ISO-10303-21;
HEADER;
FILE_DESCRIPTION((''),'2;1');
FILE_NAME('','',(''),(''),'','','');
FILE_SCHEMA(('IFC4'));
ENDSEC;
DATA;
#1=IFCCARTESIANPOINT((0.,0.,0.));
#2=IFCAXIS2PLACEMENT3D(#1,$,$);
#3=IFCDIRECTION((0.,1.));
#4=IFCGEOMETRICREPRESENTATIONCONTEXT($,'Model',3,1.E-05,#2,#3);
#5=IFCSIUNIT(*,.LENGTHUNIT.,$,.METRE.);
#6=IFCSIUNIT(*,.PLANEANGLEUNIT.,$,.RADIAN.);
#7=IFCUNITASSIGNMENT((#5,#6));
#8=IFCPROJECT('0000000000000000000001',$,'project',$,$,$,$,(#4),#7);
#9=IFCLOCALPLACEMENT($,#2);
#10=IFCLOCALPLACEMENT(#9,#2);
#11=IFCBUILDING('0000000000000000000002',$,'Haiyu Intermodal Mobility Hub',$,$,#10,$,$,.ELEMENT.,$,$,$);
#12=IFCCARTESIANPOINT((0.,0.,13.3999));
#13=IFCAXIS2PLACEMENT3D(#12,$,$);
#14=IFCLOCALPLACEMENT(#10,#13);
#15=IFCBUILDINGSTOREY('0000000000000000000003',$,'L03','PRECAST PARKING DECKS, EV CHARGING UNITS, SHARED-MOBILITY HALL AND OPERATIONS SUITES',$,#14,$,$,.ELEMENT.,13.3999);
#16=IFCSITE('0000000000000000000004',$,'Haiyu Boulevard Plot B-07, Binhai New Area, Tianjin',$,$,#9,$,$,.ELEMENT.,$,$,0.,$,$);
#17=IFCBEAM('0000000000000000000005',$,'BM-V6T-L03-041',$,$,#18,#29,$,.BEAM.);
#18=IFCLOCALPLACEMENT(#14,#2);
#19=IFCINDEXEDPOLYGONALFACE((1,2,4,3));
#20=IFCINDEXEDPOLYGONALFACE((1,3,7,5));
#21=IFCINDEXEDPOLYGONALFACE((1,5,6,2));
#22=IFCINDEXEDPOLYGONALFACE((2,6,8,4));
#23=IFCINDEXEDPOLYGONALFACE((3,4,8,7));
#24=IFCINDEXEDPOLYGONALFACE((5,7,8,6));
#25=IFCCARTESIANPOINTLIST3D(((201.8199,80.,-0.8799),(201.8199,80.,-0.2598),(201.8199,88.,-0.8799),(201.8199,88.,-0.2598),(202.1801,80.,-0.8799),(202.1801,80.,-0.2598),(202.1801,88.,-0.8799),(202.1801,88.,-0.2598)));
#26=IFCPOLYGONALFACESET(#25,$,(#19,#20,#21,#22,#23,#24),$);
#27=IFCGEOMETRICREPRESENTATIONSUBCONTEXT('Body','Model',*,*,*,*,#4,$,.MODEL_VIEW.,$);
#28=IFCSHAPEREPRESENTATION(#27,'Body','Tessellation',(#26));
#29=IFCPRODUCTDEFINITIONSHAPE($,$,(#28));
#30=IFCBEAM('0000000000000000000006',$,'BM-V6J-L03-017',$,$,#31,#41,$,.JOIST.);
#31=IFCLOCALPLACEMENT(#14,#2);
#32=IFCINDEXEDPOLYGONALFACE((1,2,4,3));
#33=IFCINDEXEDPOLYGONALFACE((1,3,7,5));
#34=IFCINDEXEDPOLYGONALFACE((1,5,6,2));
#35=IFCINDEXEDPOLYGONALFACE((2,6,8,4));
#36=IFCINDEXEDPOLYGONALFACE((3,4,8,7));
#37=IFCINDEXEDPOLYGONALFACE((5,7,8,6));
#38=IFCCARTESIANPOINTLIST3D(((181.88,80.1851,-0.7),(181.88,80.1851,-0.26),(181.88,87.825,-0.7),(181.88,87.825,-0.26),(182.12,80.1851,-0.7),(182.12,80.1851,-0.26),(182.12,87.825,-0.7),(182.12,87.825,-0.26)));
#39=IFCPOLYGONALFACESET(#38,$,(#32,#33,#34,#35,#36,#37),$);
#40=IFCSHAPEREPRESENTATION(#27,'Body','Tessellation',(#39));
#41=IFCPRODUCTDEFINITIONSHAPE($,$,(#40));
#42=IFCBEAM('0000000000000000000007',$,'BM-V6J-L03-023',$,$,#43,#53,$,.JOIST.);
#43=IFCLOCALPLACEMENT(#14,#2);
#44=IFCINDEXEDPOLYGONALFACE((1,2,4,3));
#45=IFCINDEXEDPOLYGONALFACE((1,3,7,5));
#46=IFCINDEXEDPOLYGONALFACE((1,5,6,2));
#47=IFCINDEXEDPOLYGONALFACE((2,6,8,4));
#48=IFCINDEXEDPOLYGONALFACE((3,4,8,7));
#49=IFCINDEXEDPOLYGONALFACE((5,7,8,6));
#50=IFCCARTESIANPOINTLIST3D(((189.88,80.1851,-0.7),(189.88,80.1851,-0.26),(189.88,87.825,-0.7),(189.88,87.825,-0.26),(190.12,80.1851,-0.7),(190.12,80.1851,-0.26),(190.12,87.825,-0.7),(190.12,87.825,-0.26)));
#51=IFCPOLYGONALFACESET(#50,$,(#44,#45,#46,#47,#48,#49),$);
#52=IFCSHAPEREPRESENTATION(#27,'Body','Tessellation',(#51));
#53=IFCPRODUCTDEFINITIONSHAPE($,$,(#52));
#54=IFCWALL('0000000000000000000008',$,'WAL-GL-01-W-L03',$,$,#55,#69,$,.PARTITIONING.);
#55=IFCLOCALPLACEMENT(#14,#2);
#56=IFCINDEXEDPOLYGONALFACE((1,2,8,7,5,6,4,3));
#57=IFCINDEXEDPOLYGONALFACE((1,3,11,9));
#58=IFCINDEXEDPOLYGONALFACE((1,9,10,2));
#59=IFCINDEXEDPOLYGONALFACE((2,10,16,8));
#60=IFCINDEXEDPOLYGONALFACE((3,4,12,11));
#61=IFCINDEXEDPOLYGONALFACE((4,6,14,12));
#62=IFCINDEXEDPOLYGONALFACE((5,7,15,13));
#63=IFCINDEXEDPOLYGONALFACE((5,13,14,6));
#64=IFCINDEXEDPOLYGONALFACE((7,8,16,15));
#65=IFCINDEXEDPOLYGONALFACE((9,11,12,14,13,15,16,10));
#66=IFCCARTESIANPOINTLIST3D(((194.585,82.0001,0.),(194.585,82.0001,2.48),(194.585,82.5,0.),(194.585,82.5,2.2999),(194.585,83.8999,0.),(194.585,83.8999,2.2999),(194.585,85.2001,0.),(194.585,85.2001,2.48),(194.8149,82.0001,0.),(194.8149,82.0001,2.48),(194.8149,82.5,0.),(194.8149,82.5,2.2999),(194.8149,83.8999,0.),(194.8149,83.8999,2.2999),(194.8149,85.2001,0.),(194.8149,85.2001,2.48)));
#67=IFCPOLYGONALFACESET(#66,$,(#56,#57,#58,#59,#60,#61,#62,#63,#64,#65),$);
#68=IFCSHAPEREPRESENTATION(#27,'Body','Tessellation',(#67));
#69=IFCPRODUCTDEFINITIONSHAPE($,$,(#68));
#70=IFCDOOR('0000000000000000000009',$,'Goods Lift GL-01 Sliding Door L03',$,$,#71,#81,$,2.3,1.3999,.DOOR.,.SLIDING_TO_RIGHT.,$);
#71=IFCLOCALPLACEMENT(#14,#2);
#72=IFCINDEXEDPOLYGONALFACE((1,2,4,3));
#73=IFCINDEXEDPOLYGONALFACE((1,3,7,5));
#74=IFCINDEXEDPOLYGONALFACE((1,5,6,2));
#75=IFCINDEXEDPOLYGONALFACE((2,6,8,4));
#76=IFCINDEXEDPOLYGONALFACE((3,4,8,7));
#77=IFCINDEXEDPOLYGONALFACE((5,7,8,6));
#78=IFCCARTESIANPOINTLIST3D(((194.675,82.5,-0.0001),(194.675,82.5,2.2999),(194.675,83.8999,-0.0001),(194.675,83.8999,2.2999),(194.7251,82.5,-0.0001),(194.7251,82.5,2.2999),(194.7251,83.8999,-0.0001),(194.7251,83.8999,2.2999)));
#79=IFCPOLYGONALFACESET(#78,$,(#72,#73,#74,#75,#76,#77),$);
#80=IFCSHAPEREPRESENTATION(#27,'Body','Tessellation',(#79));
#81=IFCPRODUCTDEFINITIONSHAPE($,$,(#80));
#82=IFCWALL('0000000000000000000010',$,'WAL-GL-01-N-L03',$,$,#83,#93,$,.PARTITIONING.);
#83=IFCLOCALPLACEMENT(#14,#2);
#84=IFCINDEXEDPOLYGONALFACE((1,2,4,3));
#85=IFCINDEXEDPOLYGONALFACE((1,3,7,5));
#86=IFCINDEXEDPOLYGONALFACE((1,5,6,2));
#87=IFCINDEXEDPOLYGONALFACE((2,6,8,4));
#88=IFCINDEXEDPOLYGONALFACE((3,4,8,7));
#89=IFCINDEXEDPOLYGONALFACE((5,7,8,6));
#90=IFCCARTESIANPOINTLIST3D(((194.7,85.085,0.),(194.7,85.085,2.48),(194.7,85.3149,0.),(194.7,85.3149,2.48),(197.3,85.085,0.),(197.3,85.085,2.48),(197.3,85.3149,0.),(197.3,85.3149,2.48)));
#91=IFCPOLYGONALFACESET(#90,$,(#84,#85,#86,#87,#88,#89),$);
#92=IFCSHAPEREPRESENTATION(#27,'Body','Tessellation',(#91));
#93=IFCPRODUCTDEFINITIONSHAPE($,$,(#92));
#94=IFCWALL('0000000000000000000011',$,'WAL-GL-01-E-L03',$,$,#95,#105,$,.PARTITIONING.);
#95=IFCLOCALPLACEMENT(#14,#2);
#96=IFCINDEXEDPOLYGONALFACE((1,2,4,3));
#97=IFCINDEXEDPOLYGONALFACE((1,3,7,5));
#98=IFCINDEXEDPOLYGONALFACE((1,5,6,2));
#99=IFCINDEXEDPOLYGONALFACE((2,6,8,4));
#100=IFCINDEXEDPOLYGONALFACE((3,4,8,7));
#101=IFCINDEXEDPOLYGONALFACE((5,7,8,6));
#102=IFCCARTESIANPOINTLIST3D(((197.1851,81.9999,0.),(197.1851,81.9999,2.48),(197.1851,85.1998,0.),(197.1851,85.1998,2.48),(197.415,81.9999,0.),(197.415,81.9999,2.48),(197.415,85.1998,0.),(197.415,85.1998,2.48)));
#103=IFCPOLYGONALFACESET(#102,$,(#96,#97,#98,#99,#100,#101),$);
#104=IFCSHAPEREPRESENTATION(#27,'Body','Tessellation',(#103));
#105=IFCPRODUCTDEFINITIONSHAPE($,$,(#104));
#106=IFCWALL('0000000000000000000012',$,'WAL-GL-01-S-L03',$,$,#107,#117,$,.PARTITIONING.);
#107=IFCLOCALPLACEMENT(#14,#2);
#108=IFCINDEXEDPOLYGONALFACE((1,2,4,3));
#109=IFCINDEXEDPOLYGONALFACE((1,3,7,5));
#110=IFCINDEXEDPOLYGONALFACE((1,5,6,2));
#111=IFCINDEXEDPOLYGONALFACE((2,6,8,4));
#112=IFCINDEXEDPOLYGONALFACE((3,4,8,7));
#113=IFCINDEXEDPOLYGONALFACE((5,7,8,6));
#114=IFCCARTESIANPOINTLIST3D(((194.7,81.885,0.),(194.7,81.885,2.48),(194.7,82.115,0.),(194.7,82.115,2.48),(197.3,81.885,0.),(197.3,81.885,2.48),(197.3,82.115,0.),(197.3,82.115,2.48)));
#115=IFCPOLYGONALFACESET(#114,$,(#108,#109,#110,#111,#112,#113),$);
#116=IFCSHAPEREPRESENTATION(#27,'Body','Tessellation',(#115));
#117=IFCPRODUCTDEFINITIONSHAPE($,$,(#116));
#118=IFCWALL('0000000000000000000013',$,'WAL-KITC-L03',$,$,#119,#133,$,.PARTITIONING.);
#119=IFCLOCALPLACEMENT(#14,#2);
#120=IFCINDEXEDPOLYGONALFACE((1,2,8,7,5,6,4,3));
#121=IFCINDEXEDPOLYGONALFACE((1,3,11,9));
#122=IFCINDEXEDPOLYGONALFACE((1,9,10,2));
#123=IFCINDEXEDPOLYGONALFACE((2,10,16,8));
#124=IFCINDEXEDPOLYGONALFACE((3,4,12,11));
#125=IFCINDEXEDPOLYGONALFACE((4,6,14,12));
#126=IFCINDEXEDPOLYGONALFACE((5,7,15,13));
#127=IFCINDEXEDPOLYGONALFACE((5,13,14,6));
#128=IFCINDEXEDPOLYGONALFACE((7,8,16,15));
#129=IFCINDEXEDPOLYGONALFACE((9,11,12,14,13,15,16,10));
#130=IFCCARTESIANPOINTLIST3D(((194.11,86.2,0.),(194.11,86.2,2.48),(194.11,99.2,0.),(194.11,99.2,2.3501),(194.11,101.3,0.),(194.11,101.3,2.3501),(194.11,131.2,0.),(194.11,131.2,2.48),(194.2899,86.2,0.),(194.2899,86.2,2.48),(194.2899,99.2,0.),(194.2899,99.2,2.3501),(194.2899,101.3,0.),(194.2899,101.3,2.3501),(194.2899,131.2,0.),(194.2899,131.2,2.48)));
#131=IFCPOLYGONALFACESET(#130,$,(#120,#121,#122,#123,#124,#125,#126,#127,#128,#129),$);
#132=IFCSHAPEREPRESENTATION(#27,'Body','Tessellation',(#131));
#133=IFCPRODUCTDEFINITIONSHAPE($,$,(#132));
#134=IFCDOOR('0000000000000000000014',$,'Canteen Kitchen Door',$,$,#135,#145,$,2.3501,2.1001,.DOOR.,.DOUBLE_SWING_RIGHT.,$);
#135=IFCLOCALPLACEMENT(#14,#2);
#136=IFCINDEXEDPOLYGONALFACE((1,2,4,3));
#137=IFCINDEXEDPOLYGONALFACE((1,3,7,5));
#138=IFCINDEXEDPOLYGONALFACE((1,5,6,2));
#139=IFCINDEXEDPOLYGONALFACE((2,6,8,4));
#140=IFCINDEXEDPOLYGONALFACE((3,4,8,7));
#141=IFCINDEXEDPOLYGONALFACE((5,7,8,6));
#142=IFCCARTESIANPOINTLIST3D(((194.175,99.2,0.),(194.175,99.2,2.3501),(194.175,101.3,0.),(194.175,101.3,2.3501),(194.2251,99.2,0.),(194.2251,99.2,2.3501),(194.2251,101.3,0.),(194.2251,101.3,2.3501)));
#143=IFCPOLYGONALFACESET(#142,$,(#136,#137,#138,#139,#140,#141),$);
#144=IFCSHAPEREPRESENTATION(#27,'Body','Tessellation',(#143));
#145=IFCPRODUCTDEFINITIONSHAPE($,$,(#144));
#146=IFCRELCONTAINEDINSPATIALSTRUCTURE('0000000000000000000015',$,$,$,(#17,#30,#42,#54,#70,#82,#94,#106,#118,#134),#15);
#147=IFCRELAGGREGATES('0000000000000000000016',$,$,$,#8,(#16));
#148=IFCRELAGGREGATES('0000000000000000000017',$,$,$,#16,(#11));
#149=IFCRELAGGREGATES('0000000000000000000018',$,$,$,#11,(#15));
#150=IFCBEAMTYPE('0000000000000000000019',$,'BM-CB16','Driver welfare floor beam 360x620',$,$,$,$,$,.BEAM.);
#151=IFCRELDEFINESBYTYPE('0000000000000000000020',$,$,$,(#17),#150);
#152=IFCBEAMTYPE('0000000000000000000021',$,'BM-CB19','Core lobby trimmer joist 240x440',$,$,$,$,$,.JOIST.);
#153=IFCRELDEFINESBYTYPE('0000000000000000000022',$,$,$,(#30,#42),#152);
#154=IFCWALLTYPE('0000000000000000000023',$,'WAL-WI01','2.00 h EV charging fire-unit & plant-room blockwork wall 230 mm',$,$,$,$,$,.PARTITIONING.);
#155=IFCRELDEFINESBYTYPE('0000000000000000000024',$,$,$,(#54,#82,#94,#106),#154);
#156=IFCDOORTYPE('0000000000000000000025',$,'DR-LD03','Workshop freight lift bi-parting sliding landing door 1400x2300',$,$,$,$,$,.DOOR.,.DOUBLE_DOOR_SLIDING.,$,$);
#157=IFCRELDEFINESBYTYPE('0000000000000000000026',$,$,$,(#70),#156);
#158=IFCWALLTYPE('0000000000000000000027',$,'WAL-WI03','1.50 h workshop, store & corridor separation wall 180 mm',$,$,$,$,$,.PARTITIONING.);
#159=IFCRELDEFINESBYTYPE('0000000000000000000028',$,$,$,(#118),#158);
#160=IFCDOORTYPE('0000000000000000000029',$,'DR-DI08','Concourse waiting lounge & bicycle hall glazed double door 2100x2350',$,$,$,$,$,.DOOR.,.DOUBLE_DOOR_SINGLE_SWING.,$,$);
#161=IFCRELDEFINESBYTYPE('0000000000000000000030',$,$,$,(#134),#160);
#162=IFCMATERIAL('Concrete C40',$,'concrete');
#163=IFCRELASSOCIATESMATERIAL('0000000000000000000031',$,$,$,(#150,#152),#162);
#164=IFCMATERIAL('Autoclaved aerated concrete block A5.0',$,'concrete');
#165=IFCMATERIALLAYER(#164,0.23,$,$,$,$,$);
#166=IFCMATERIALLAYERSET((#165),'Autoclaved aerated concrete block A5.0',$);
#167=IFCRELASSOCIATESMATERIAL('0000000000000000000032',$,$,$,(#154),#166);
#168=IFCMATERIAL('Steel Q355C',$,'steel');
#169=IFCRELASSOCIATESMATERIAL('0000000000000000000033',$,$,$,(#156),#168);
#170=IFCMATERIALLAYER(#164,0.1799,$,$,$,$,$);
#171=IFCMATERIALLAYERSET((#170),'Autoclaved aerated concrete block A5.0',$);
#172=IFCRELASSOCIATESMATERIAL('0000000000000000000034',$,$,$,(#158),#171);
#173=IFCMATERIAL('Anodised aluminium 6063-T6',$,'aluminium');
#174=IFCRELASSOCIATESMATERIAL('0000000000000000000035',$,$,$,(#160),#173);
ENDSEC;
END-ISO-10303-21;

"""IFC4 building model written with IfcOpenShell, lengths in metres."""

from ifc_helpers import new_model, si_unit, direction, frame, frame_2d, origin, origin_2d, place, context, subcontext, project, spatial, rectangle, extrude, material, layer, layer_set, material_profile, profile_set, type_object, element, fill, save


model = new_model("IFC4")

# Units and contexts
model_context = context("Model", 3, precision=1e-05, world=origin(), true_north=direction((0.0, 1.0)))
body_context = subcontext(model_context, "Body", "Model", "MODEL_VIEW")
ifc_project = project(units=[si_unit("LENGTHUNIT", "METRE"), si_unit("PLANEANGLEUNIT", "RADIAN")], contexts=[model_context])

# Site, building, storey
site_placement = place(None, origin())
site = spatial("IfcSite", under=ifc_project, at=site_placement, Name="Haiyu Boulevard Plot B-07, Binhai New Area, Tianjin", CompositionType="ELEMENT", RefElevation=0.0)
building_placement = place(site_placement, origin())
building = spatial("IfcBuilding", under=site, at=building_placement, Name="Haiyu Intermodal Mobility Hub", CompositionType="ELEMENT")
storey_placement = place(building_placement, frame((0.0, 0.0, 13.3999)))
storey = spatial("IfcBuildingStorey", under=building, at=storey_placement, Name="L03", Description="PRECAST PARKING DECKS, EV CHARGING UNITS, SHARED-MOBILITY HALL AND OPERATIONS SUITES", CompositionType="ELEMENT", Elevation=13.3999)

# Shared definitions
ifc_material_1 = material(Name="Concrete C40", Category="concrete")

# Beams
ifc_material_profile_1 = material_profile(ifc_material_1, rectangle(XDim=0.3601, YDim=0.6201, at=origin_2d()), Name="B360x620")
ifc_profile_set_1 = profile_set([ifc_material_profile_1], Name="Concrete C40")
beam_type_1 = type_object("IfcBeamType", Name="BM-CB16", Description="Driver welfare floor beam 360x620", PredefinedType="BEAM", material=ifc_profile_set_1)
for number, where, z_axis, x_axis, name in (
    (1, (202.0, 80.0, -0.5698), (0.0, 1.0, 0.0), (-1.0, 0.0, 0.0), "BM-V6T-L03-041"),
):
    element("IfcBeam", number, at=place(storey_placement, frame(where, z_axis=z_axis, x_axis=x_axis)), inside=storey, type_object=beam_type_1, Name=name, PredefinedType="BEAM", context=body_context, shape_type="SweptSolid", body=[
        extrude(rectangle(XDim=0.3601, YDim=0.6201, at=origin_2d()), origin(), (0.0, 0.0, 1.0), 8.0),
    ])
ifc_material_profile_2 = material_profile(ifc_material_1, rectangle(XDim=0.24, YDim=0.4399, at=origin_2d()), Name="B240x440")
ifc_profile_set_2 = profile_set([ifc_material_profile_2], Name="Concrete C40")
beam_type_2 = type_object("IfcBeamType", Name="BM-CB19", Description="Core lobby trimmer joist 240x440", PredefinedType="JOIST", material=ifc_profile_set_2)
for number, where, z_axis, x_axis, name in (
    (2, (182.0, 80.1851, -0.48), (0.0, 1.0, 0.0), (-1.0, 0.0, 0.0), "BM-V6J-L03-017"),
    (3, (190.0, 80.1851, -0.48), (0.0, 1.0, 0.0), (-1.0, 0.0, 0.0), "BM-V6J-L03-023"),
):
    element("IfcBeam", number, at=place(storey_placement, frame(where, z_axis=z_axis, x_axis=x_axis)), inside=storey, type_object=beam_type_2, Name=name, PredefinedType="JOIST", context=body_context, shape_type="SweptSolid", body=[
        extrude(rectangle(XDim=0.24, YDim=0.4399, at=origin_2d()), origin(), (0.0, 0.0, 1.0), 7.6399),
    ])

# Wall, opening, door
ifc_material_2 = material(Name="Autoclaved aerated concrete block A5.0", Category="concrete")
ifc_layer_1 = layer(ifc_material_2, 0.23)
ifc_layer_set_1 = layer_set([ifc_layer_1], Name="Autoclaved aerated concrete block A5.0")
wall_type_1 = type_object("IfcWallType", Name="WAL-WI01", Description="2.00 h EV charging fire-unit & plant-room blockwork wall 230 mm", PredefinedType="PARTITIONING", material=ifc_layer_set_1)
wall_1_placement = place(storey_placement, frame((194.7, 82.0, 0.0), z_axis=(0.0, 0.0, 1.0), x_axis=(0.0, 1.0, 0.0)))
wall_1 = element("IfcWall", 4, at=wall_1_placement, inside=storey, type_object=wall_type_1, Name="WAL-GL-01-W-L03", PredefinedType="PARTITIONING", context=body_context, shape_type="SweptSolid", body=[
    extrude(rectangle(XDim=3.2, YDim=0.23, at=frame_2d((1.6001, 0.0))), origin(), (0.0, 0.0, 1.0), 2.48),
])
opening_1_placement = place(wall_1_placement, frame((0.5, 0.0, 0.0)))
opening_1 = element("IfcOpeningElement", 5, at=opening_1_placement, cuts=wall_1, PredefinedType="OPENING", context=body_context, shape_type="SweptSolid", body=[
    extrude(rectangle(XDim=1.3999, YDim=2.3, at=frame_2d((0.7, 1.1499))), frame((0.0, 0.125, 0.0), z_axis=(0.0, -1.0, 0.0), x_axis=(1.0, 0.0, 0.0)), (0.0, 0.0, 1.0), 0.25),
])
ifc_material_3 = material(Name="Steel Q355C", Category="steel")
door_type_1 = type_object("IfcDoorType", Name="DR-LD03", Description="Workshop freight lift bi-parting sliding landing door 1400x2300", OperationType="DOUBLE_DOOR_SLIDING", PredefinedType="DOOR", material=ifc_material_3)
door_1_placement = place(opening_1_placement, origin())
door_1 = element("IfcDoor", 6, at=door_1_placement, inside=storey, type_object=door_type_1, Name="Goods Lift GL-01 Sliding Door L03", OperationType="SLIDING_TO_RIGHT", OverallHeight=2.3, OverallWidth=1.3999, PredefinedType="DOOR", context=body_context, shape_type="SweptSolid", body=[
    extrude(rectangle(XDim=1.3999, YDim=2.3, at=frame_2d((0.7, 1.1499))), frame((0.0, 0.0249, 0.0), z_axis=(0.0, -1.0, 0.0), x_axis=(1.0, 0.0, 0.0)), (0.0, 0.0, 1.0), 0.05),
])
fill(opening_1, door_1)

# Walls
wall_2_placement = place(storey_placement, frame((194.7, 85.2, 0.0), z_axis=(0.0, 0.0, 1.0), x_axis=(1.0, 0.0, 0.0)))
element("IfcWall", 7, at=wall_2_placement, inside=storey, type_object=wall_type_1, Name="WAL-GL-01-N-L03", PredefinedType="PARTITIONING", context=body_context, shape_type="SweptSolid", body=[
    extrude(rectangle(XDim=2.6001, YDim=0.23, at=frame_2d((1.3, 0.0))), origin(), (0.0, 0.0, 1.0), 2.48),
])
wall_3_placement = place(storey_placement, frame((197.3, 85.2, 0.0), z_axis=(0.0, 0.0, 1.0), x_axis=(0.0, -1.0, 0.0)))
element("IfcWall", 8, at=wall_3_placement, inside=storey, type_object=wall_type_1, Name="WAL-GL-01-E-L03", PredefinedType="PARTITIONING", context=body_context, shape_type="SweptSolid", body=[
    extrude(rectangle(XDim=3.2, YDim=0.23, at=frame_2d((1.6001, 0.0))), origin(), (0.0, 0.0, 1.0), 2.48),
])
wall_4_placement = place(storey_placement, frame((197.3, 82.0, 0.0), z_axis=(0.0, 0.0, 1.0), x_axis=(-1.0, 0.0, 0.0)))
element("IfcWall", 9, at=wall_4_placement, inside=storey, type_object=wall_type_1, Name="WAL-GL-01-S-L03", PredefinedType="PARTITIONING", context=body_context, shape_type="SweptSolid", body=[
    extrude(rectangle(XDim=2.6001, YDim=0.23, at=frame_2d((1.3, 0.0))), origin(), (0.0, 0.0, 1.0), 2.48),
])

# Wall, opening, door
ifc_layer_2 = layer(ifc_material_2, 0.1799)
ifc_layer_set_2 = layer_set([ifc_layer_2], Name="Autoclaved aerated concrete block A5.0")
wall_type_2 = type_object("IfcWallType", Name="WAL-WI03", Description="1.50 h workshop, store & corridor separation wall 180 mm", PredefinedType="PARTITIONING", material=ifc_layer_set_2)
wall_5_placement = place(storey_placement, frame((194.2, 86.2, 0.0), z_axis=(0.0, 0.0, 1.0), x_axis=(0.0, 1.0, 0.0)))
wall_5 = element("IfcWall", 10, at=wall_5_placement, inside=storey, type_object=wall_type_2, Name="WAL-KITC-L03", PredefinedType="PARTITIONING", context=body_context, shape_type="SweptSolid", body=[
    extrude(rectangle(XDim=45.0, YDim=0.1799, at=frame_2d((22.5, 0.0))), origin(), (0.0, 0.0, 1.0), 2.48),
])
opening_2_placement = place(wall_5_placement, frame((13.0, 0.0, 0.0)))
opening_2 = element("IfcOpeningElement", 11, at=opening_2_placement, cuts=wall_5, PredefinedType="OPENING", context=body_context, shape_type="SweptSolid", body=[
    extrude(rectangle(XDim=2.1001, YDim=2.3501, at=frame_2d((1.05, 1.175))), frame((0.0, 0.1001, 0.0), z_axis=(0.0, -1.0, 0.0), x_axis=(1.0, 0.0, 0.0)), (0.0, 0.0, 1.0), 0.2),
])
ifc_material_4 = material(Name="Anodised aluminium 6063-T6", Category="aluminium")
door_type_2 = type_object("IfcDoorType", Name="DR-DI08", Description="Concourse waiting lounge & bicycle hall glazed double door 2100x2350", OperationType="DOUBLE_DOOR_SINGLE_SWING", PredefinedType="DOOR", material=ifc_material_4)
door_2_placement = place(opening_2_placement, origin())
door_2 = element("IfcDoor", 12, at=door_2_placement, inside=storey, type_object=door_type_2, Name="Canteen Kitchen Door", OperationType="DOUBLE_SWING_RIGHT", OverallHeight=2.3501, OverallWidth=2.1001, PredefinedType="DOOR", context=body_context, shape_type="SweptSolid", body=[
    extrude(rectangle(XDim=2.1001, YDim=2.3501, at=frame_2d((1.05, 1.175))), frame((0.0, 0.0249, 0.0), z_axis=(0.0, -1.0, 0.0), x_axis=(1.0, 0.0, 0.0)), (0.0, 0.0, 1.0), 0.05),
])
fill(opening_2, door_2)

save(model, "model.ifc")
